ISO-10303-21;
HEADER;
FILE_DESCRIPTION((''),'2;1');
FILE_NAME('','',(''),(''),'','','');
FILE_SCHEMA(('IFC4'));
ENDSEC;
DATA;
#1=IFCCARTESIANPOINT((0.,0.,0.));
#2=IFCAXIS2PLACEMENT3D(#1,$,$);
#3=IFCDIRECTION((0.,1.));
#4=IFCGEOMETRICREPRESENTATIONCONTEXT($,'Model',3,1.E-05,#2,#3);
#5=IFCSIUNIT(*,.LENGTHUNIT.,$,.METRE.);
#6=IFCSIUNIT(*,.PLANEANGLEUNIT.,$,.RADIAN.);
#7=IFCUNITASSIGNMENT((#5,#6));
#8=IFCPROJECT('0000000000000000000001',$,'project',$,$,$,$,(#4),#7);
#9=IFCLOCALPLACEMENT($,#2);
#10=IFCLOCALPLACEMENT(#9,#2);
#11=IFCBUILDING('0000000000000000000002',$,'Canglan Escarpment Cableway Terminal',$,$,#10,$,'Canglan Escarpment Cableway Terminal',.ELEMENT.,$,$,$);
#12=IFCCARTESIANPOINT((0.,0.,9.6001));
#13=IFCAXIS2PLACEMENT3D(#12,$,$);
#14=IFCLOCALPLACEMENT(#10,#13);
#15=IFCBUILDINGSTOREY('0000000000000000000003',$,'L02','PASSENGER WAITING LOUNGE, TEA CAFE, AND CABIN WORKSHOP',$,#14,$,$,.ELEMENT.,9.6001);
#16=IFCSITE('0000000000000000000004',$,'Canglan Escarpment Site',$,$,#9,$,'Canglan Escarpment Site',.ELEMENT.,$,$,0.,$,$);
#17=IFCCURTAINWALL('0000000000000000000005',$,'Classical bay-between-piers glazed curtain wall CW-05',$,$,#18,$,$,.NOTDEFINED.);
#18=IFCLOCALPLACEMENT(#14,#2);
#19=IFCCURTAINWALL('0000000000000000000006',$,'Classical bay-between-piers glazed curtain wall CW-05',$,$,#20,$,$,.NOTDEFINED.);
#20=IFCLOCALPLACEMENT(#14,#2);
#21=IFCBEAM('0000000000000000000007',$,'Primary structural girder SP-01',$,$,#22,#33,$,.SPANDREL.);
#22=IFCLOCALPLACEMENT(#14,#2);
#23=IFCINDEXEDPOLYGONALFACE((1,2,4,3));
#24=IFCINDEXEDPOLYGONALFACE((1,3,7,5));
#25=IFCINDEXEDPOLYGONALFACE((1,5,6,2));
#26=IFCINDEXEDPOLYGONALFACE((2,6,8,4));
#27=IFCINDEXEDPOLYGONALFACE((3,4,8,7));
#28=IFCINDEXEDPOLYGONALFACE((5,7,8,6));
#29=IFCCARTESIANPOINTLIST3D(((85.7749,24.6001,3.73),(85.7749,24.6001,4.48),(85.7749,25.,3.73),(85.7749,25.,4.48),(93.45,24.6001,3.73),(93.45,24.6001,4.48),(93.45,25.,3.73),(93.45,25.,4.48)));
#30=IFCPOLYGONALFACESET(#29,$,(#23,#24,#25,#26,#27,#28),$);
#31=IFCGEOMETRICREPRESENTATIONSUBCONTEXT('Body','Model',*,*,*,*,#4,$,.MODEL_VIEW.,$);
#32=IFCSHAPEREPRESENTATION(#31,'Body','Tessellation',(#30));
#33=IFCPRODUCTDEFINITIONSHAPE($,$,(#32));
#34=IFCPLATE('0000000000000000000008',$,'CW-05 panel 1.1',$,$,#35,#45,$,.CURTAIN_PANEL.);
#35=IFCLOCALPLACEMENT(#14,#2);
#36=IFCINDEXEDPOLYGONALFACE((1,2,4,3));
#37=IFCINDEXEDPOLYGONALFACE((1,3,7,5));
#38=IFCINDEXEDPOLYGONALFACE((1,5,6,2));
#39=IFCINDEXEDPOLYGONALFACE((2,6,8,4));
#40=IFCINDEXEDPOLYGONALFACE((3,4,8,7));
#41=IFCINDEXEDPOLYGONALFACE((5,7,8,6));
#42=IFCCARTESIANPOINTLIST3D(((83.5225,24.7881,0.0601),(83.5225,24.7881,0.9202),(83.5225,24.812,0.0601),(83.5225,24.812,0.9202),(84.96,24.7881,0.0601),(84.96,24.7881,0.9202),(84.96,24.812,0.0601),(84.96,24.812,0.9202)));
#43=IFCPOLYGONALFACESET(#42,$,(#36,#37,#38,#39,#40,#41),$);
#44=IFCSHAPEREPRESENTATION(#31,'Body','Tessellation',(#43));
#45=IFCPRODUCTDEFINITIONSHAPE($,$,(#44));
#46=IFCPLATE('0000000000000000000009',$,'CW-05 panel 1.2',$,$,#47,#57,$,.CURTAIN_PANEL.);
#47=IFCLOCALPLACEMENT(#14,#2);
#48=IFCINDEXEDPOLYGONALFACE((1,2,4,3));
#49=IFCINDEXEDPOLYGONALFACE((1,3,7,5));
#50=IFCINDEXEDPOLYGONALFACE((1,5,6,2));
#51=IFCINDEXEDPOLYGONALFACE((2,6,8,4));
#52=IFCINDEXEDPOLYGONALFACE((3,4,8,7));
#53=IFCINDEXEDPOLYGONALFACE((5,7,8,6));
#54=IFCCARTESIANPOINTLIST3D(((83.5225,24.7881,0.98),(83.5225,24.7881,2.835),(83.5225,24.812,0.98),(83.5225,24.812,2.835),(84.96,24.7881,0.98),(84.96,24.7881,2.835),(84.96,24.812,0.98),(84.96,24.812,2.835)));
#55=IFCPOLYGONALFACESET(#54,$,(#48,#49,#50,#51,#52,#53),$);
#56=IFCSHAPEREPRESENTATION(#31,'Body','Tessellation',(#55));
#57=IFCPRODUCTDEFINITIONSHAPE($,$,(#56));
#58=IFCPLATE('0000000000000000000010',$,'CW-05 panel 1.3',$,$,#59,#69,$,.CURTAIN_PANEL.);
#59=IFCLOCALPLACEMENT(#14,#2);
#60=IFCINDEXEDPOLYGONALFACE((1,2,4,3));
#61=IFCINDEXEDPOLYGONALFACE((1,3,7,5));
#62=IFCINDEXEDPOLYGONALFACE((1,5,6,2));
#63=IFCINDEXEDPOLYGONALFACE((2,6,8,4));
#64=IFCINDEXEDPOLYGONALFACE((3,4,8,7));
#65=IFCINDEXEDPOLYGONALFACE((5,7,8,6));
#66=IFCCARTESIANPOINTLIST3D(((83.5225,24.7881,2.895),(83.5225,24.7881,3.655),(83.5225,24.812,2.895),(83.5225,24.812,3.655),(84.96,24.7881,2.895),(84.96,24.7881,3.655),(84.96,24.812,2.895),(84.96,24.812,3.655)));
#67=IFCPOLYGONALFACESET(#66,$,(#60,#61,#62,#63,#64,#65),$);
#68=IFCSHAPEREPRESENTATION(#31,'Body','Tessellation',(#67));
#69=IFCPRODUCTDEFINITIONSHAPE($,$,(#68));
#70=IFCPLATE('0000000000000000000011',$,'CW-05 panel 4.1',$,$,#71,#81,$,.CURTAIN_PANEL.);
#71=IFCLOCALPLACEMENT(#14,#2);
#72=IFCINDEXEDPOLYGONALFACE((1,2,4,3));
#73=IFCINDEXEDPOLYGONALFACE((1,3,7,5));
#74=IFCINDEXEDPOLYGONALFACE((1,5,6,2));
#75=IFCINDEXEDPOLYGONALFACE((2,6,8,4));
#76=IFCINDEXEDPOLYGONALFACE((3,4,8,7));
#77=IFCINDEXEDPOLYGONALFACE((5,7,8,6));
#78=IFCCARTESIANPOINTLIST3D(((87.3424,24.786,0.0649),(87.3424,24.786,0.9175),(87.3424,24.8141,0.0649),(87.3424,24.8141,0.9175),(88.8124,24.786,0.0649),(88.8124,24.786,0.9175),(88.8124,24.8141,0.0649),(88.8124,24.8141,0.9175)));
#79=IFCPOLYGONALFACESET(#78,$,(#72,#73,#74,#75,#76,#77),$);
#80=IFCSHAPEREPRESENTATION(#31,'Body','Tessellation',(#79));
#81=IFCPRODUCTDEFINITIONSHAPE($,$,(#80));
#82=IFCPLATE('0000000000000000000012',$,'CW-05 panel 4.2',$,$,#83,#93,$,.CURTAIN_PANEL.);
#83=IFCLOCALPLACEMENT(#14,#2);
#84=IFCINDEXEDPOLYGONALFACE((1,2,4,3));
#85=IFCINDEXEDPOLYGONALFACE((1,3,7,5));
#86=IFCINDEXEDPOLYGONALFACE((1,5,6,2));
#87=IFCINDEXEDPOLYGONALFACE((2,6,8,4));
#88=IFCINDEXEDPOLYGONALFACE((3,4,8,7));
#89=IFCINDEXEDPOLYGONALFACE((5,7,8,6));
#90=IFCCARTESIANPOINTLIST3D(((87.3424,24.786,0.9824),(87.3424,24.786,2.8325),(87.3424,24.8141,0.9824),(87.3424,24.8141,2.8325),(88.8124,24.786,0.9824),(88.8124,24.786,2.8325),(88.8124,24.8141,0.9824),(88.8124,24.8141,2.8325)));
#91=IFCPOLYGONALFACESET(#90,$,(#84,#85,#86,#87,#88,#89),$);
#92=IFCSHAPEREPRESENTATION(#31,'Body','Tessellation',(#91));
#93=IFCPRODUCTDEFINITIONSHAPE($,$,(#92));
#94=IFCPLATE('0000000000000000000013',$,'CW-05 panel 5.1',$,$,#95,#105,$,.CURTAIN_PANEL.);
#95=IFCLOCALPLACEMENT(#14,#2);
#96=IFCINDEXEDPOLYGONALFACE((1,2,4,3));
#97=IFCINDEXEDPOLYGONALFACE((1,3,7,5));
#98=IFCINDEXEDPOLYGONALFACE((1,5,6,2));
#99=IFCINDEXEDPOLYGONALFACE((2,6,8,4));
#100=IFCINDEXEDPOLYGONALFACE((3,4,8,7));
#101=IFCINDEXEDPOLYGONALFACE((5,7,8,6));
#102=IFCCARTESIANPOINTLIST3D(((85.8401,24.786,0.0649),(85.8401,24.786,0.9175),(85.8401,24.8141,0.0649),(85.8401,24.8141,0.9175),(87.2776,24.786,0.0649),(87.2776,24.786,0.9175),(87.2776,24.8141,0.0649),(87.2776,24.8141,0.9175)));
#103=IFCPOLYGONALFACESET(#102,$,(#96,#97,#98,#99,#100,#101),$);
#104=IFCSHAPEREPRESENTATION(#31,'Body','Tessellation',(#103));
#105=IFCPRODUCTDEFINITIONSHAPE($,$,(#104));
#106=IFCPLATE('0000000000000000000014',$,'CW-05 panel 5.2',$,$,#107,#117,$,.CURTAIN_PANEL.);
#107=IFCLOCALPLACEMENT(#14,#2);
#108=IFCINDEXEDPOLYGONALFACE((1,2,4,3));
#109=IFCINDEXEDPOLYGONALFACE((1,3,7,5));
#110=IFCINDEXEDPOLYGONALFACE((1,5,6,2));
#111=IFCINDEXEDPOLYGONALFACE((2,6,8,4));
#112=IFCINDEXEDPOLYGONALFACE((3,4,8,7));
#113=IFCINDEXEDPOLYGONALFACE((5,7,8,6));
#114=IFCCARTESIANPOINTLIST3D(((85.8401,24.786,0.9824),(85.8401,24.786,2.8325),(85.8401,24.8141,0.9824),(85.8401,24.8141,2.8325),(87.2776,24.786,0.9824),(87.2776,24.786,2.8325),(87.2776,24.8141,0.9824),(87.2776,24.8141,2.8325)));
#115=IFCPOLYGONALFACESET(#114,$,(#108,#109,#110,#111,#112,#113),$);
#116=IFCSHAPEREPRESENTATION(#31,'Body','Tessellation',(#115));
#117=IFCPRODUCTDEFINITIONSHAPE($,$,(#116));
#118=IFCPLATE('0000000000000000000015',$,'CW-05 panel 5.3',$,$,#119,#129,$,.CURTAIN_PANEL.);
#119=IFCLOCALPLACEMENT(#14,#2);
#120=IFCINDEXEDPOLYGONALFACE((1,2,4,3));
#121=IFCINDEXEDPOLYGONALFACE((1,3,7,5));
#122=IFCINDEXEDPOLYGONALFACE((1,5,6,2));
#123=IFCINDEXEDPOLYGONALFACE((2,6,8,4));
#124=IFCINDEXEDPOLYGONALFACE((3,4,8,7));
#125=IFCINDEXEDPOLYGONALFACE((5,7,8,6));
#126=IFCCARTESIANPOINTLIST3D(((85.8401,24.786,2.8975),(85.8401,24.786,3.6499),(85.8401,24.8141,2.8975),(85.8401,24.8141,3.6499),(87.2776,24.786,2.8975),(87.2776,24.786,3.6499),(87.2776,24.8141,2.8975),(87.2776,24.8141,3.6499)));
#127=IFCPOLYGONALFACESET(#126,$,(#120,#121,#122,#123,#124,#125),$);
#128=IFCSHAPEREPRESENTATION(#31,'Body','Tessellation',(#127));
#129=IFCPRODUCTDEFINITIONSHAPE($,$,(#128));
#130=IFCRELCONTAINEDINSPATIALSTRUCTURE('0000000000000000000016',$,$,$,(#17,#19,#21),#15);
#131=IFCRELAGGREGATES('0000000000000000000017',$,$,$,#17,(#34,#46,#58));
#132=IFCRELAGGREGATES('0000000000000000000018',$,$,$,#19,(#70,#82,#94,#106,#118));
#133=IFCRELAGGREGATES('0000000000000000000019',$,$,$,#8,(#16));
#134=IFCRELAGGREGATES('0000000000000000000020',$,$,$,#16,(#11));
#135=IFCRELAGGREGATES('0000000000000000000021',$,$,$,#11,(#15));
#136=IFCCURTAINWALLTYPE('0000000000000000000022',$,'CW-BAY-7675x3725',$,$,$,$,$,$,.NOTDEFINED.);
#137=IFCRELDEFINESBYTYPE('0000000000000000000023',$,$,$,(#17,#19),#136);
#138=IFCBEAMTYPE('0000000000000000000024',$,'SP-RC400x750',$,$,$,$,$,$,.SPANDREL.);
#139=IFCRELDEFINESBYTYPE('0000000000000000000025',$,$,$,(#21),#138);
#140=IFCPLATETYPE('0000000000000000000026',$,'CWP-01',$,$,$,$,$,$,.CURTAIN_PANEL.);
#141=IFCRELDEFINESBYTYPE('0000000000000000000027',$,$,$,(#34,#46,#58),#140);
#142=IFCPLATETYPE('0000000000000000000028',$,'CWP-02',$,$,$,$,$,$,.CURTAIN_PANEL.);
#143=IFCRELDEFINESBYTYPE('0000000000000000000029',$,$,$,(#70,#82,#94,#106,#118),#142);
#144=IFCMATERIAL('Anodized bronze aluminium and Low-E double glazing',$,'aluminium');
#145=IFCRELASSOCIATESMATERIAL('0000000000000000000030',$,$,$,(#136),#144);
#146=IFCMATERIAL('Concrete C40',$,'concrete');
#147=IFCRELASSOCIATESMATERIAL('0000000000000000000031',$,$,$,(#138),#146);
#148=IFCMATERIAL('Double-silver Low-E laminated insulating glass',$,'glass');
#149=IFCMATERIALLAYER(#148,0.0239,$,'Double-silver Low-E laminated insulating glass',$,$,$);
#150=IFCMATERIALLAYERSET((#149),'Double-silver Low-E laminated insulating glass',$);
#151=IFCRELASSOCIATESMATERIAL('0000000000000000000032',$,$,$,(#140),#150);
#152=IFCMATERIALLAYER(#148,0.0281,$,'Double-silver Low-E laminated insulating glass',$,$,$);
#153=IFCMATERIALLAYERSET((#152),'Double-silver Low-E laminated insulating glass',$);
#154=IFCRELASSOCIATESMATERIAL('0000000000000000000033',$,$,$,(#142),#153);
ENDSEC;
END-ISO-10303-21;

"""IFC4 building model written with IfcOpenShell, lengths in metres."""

from ifc_helpers import new_model, si_unit, direction, frame, origin, origin_2d, place, context, subcontext, project, spatial, rectangle, extrude, material, layer, layer_set, material_profile, profile_set, type_object, element, aggregate, save


model = new_model("IFC4")

# Units and contexts
model_context = context("Model", 3, precision=1e-05, world=origin(), true_north=direction((0.0, 1.0)))
body_context = subcontext(model_context, "Body", "Model", "MODEL_VIEW")
ifc_project = project(units=[si_unit("LENGTHUNIT", "METRE"), si_unit("PLANEANGLEUNIT", "RADIAN")], contexts=[model_context])

# Site, building, storey
site_placement = place(None, origin())
site = spatial("IfcSite", under=ifc_project, at=site_placement, Name="Canglan Escarpment Site", LongName="Canglan Escarpment Site", CompositionType="ELEMENT", RefElevation=0.0)
building_placement = place(site_placement, origin())
building = spatial("IfcBuilding", under=site, at=building_placement, Name="Canglan Escarpment Cableway Terminal", LongName="Canglan Escarpment Cableway Terminal", CompositionType="ELEMENT")
storey_placement = place(building_placement, frame((0.0, 0.0, 9.6001)))
storey = spatial("IfcBuildingStorey", under=building, at=storey_placement, Name="L02", Description="PASSENGER WAITING LOUNGE, TEA CAFE, AND CABIN WORKSHOP", CompositionType="ELEMENT", Elevation=9.6001)

# Shared definitions
ifc_material_1 = material(Name="Concrete C40", Category="concrete")

# Curtain walls
ifc_material_2 = material(Name="Anodized bronze aluminium and Low-E double glazing", Category="aluminium")
curtain_wall_type = type_object("IfcCurtainWallType", Name="CW-BAY-7675x3725", PredefinedType="NOTDEFINED", material=ifc_material_2)
curtain_wall_1_placement = place(storey_placement, origin())
curtain_wall_1 = element("IfcCurtainWall", 1, at=curtain_wall_1_placement, inside=storey, type_object=curtain_wall_type, Name="Classical bay-between-piers glazed curtain wall CW-05", PredefinedType="NOTDEFINED")
curtain_wall_2_placement = place(storey_placement, origin())
curtain_wall_2 = element("IfcCurtainWall", 2, at=curtain_wall_2_placement, inside=storey, type_object=curtain_wall_type, Name="Classical bay-between-piers glazed curtain wall CW-05", PredefinedType="NOTDEFINED")

# Beam
ifc_material_profile_1 = material_profile(ifc_material_1, rectangle(XDim=0.3999, YDim=0.75, at=origin_2d()), Name="RC 400x750")
ifc_profile_set_1 = profile_set([ifc_material_profile_1], Name="Concrete C40")
beam_type_1 = type_object("IfcBeamType", Name="SP-RC400x750", PredefinedType="SPANDREL", material=ifc_profile_set_1)
beam_1_placement = place(storey_placement, frame((85.7749, 24.8, 4.105), z_axis=(1.0, 0.0, 0.0), x_axis=(0.0, 1.0, 0.0)))
element("IfcBeam", 3, at=beam_1_placement, inside=storey, type_object=beam_type_1, Name="Primary structural girder SP-01", PredefinedType="SPANDREL", context=body_context, shape_type="SweptSolid", body=[
    extrude(rectangle(XDim=0.3999, YDim=0.75, at=origin_2d()), origin(), (0.0, 0.0, 1.0), 7.675),
])

# Plates
ifc_material_3 = material(Name="Double-silver Low-E laminated insulating glass", Category="glass")
ifc_layer_1 = layer(ifc_material_3, 0.0239, Name="Double-silver Low-E laminated insulating glass")
ifc_layer_set_1 = layer_set([ifc_layer_1], Name="Double-silver Low-E laminated insulating glass")
plate_type_1 = type_object("IfcPlateType", Name="CWP-01", PredefinedType="CURTAIN_PANEL", material=ifc_layer_set_1)
plate_1_placement = place(storey_placement, frame((84.2412, 24.8, 0.0601), z_axis=(0.0, 0.0, 1.0), x_axis=(-1.0, 0.0, 0.0)))
plate_1 = element("IfcPlate", 4, at=plate_1_placement, type_object=plate_type_1, Name="CW-05 panel 1.1", PredefinedType="CURTAIN_PANEL", context=body_context, shape_type="SweptSolid", body=[
    extrude(rectangle(XDim=1.4375, YDim=0.0239, at=origin_2d()), origin(), (0.0, 0.0, 1.0), 0.8601),
])
plate_2_placement = place(storey_placement, frame((84.2412, 24.8, 0.98), z_axis=(0.0, 0.0, 1.0), x_axis=(-1.0, 0.0, 0.0)))
plate_2 = element("IfcPlate", 5, at=plate_2_placement, type_object=plate_type_1, Name="CW-05 panel 1.2", PredefinedType="CURTAIN_PANEL", context=body_context, shape_type="SweptSolid", body=[
    extrude(rectangle(XDim=1.4375, YDim=0.0239, at=origin_2d()), origin(), (0.0, 0.0, 1.0), 1.855),
])
plate_3_placement = place(storey_placement, frame((84.2412, 24.8, 2.895), z_axis=(0.0, 0.0, 1.0), x_axis=(-1.0, 0.0, 0.0)))
plate_3 = element("IfcPlate", 6, at=plate_3_placement, type_object=plate_type_1, Name="CW-05 panel 1.3", PredefinedType="CURTAIN_PANEL", context=body_context, shape_type="SweptSolid", body=[
    extrude(rectangle(XDim=1.4375, YDim=0.0239, at=origin_2d()), origin(), (0.0, 0.0, 1.0), 0.76),
])
aggregate(curtain_wall_1, [plate_1, plate_2, plate_3])
ifc_layer_2 = layer(ifc_material_3, 0.0281, Name="Double-silver Low-E laminated insulating glass")
ifc_layer_set_2 = layer_set([ifc_layer_2], Name="Double-silver Low-E laminated insulating glass")
plate_type_2 = type_object("IfcPlateType", Name="CWP-02", PredefinedType="CURTAIN_PANEL", material=ifc_layer_set_2)
plate_4_placement = place(storey_placement, frame((88.0774, 24.8, 0.0649), z_axis=(0.0, 0.0, 1.0), x_axis=(-1.0, 0.0, 0.0)))
plate_4 = element("IfcPlate", 7, at=plate_4_placement, type_object=plate_type_2, Name="CW-05 panel 4.1", PredefinedType="CURTAIN_PANEL", context=body_context, shape_type="SweptSolid", body=[
    extrude(rectangle(XDim=1.47, YDim=0.0281, at=origin_2d()), origin(), (0.0, 0.0, 1.0), 0.8525),
])
plate_5_placement = place(storey_placement, frame((88.0774, 24.8, 0.9824), z_axis=(0.0, 0.0, 1.0), x_axis=(-1.0, 0.0, 0.0)))
plate_5 = element("IfcPlate", 8, at=plate_5_placement, type_object=plate_type_2, Name="CW-05 panel 4.2", PredefinedType="CURTAIN_PANEL", context=body_context, shape_type="SweptSolid", body=[
    extrude(rectangle(XDim=1.47, YDim=0.0281, at=origin_2d()), origin(), (0.0, 0.0, 1.0), 1.8501),
])
plate_6_placement = place(storey_placement, frame((86.5588, 24.8, 0.0649), z_axis=(0.0, 0.0, 1.0), x_axis=(-1.0, 0.0, 0.0)))
plate_6 = element("IfcPlate", 9, at=plate_6_placement, type_object=plate_type_2, Name="CW-05 panel 5.1", PredefinedType="CURTAIN_PANEL", context=body_context, shape_type="SweptSolid", body=[
    extrude(rectangle(XDim=1.4375, YDim=0.0281, at=origin_2d()), origin(), (0.0, 0.0, 1.0), 0.8525),
])
plate_7_placement = place(storey_placement, frame((86.5588, 24.8, 0.9824), z_axis=(0.0, 0.0, 1.0), x_axis=(-1.0, 0.0, 0.0)))
plate_7 = element("IfcPlate", 10, at=plate_7_placement, type_object=plate_type_2, Name="CW-05 panel 5.2", PredefinedType="CURTAIN_PANEL", context=body_context, shape_type="SweptSolid", body=[
    extrude(rectangle(XDim=1.4375, YDim=0.0281, at=origin_2d()), origin(), (0.0, 0.0, 1.0), 1.8501),
])
plate_8_placement = place(storey_placement, frame((86.5588, 24.8, 2.8975), z_axis=(0.0, 0.0, 1.0), x_axis=(-1.0, 0.0, 0.0)))
plate_8 = element("IfcPlate", 11, at=plate_8_placement, type_object=plate_type_2, Name="CW-05 panel 5.3", PredefinedType="CURTAIN_PANEL", context=body_context, shape_type="SweptSolid", body=[
    extrude(rectangle(XDim=1.4375, YDim=0.0281, at=origin_2d()), origin(), (0.0, 0.0, 1.0), 0.7524),
])
aggregate(curtain_wall_2, [plate_4, plate_5, plate_6, plate_7, plate_8])

save(model, "model.ifc")
